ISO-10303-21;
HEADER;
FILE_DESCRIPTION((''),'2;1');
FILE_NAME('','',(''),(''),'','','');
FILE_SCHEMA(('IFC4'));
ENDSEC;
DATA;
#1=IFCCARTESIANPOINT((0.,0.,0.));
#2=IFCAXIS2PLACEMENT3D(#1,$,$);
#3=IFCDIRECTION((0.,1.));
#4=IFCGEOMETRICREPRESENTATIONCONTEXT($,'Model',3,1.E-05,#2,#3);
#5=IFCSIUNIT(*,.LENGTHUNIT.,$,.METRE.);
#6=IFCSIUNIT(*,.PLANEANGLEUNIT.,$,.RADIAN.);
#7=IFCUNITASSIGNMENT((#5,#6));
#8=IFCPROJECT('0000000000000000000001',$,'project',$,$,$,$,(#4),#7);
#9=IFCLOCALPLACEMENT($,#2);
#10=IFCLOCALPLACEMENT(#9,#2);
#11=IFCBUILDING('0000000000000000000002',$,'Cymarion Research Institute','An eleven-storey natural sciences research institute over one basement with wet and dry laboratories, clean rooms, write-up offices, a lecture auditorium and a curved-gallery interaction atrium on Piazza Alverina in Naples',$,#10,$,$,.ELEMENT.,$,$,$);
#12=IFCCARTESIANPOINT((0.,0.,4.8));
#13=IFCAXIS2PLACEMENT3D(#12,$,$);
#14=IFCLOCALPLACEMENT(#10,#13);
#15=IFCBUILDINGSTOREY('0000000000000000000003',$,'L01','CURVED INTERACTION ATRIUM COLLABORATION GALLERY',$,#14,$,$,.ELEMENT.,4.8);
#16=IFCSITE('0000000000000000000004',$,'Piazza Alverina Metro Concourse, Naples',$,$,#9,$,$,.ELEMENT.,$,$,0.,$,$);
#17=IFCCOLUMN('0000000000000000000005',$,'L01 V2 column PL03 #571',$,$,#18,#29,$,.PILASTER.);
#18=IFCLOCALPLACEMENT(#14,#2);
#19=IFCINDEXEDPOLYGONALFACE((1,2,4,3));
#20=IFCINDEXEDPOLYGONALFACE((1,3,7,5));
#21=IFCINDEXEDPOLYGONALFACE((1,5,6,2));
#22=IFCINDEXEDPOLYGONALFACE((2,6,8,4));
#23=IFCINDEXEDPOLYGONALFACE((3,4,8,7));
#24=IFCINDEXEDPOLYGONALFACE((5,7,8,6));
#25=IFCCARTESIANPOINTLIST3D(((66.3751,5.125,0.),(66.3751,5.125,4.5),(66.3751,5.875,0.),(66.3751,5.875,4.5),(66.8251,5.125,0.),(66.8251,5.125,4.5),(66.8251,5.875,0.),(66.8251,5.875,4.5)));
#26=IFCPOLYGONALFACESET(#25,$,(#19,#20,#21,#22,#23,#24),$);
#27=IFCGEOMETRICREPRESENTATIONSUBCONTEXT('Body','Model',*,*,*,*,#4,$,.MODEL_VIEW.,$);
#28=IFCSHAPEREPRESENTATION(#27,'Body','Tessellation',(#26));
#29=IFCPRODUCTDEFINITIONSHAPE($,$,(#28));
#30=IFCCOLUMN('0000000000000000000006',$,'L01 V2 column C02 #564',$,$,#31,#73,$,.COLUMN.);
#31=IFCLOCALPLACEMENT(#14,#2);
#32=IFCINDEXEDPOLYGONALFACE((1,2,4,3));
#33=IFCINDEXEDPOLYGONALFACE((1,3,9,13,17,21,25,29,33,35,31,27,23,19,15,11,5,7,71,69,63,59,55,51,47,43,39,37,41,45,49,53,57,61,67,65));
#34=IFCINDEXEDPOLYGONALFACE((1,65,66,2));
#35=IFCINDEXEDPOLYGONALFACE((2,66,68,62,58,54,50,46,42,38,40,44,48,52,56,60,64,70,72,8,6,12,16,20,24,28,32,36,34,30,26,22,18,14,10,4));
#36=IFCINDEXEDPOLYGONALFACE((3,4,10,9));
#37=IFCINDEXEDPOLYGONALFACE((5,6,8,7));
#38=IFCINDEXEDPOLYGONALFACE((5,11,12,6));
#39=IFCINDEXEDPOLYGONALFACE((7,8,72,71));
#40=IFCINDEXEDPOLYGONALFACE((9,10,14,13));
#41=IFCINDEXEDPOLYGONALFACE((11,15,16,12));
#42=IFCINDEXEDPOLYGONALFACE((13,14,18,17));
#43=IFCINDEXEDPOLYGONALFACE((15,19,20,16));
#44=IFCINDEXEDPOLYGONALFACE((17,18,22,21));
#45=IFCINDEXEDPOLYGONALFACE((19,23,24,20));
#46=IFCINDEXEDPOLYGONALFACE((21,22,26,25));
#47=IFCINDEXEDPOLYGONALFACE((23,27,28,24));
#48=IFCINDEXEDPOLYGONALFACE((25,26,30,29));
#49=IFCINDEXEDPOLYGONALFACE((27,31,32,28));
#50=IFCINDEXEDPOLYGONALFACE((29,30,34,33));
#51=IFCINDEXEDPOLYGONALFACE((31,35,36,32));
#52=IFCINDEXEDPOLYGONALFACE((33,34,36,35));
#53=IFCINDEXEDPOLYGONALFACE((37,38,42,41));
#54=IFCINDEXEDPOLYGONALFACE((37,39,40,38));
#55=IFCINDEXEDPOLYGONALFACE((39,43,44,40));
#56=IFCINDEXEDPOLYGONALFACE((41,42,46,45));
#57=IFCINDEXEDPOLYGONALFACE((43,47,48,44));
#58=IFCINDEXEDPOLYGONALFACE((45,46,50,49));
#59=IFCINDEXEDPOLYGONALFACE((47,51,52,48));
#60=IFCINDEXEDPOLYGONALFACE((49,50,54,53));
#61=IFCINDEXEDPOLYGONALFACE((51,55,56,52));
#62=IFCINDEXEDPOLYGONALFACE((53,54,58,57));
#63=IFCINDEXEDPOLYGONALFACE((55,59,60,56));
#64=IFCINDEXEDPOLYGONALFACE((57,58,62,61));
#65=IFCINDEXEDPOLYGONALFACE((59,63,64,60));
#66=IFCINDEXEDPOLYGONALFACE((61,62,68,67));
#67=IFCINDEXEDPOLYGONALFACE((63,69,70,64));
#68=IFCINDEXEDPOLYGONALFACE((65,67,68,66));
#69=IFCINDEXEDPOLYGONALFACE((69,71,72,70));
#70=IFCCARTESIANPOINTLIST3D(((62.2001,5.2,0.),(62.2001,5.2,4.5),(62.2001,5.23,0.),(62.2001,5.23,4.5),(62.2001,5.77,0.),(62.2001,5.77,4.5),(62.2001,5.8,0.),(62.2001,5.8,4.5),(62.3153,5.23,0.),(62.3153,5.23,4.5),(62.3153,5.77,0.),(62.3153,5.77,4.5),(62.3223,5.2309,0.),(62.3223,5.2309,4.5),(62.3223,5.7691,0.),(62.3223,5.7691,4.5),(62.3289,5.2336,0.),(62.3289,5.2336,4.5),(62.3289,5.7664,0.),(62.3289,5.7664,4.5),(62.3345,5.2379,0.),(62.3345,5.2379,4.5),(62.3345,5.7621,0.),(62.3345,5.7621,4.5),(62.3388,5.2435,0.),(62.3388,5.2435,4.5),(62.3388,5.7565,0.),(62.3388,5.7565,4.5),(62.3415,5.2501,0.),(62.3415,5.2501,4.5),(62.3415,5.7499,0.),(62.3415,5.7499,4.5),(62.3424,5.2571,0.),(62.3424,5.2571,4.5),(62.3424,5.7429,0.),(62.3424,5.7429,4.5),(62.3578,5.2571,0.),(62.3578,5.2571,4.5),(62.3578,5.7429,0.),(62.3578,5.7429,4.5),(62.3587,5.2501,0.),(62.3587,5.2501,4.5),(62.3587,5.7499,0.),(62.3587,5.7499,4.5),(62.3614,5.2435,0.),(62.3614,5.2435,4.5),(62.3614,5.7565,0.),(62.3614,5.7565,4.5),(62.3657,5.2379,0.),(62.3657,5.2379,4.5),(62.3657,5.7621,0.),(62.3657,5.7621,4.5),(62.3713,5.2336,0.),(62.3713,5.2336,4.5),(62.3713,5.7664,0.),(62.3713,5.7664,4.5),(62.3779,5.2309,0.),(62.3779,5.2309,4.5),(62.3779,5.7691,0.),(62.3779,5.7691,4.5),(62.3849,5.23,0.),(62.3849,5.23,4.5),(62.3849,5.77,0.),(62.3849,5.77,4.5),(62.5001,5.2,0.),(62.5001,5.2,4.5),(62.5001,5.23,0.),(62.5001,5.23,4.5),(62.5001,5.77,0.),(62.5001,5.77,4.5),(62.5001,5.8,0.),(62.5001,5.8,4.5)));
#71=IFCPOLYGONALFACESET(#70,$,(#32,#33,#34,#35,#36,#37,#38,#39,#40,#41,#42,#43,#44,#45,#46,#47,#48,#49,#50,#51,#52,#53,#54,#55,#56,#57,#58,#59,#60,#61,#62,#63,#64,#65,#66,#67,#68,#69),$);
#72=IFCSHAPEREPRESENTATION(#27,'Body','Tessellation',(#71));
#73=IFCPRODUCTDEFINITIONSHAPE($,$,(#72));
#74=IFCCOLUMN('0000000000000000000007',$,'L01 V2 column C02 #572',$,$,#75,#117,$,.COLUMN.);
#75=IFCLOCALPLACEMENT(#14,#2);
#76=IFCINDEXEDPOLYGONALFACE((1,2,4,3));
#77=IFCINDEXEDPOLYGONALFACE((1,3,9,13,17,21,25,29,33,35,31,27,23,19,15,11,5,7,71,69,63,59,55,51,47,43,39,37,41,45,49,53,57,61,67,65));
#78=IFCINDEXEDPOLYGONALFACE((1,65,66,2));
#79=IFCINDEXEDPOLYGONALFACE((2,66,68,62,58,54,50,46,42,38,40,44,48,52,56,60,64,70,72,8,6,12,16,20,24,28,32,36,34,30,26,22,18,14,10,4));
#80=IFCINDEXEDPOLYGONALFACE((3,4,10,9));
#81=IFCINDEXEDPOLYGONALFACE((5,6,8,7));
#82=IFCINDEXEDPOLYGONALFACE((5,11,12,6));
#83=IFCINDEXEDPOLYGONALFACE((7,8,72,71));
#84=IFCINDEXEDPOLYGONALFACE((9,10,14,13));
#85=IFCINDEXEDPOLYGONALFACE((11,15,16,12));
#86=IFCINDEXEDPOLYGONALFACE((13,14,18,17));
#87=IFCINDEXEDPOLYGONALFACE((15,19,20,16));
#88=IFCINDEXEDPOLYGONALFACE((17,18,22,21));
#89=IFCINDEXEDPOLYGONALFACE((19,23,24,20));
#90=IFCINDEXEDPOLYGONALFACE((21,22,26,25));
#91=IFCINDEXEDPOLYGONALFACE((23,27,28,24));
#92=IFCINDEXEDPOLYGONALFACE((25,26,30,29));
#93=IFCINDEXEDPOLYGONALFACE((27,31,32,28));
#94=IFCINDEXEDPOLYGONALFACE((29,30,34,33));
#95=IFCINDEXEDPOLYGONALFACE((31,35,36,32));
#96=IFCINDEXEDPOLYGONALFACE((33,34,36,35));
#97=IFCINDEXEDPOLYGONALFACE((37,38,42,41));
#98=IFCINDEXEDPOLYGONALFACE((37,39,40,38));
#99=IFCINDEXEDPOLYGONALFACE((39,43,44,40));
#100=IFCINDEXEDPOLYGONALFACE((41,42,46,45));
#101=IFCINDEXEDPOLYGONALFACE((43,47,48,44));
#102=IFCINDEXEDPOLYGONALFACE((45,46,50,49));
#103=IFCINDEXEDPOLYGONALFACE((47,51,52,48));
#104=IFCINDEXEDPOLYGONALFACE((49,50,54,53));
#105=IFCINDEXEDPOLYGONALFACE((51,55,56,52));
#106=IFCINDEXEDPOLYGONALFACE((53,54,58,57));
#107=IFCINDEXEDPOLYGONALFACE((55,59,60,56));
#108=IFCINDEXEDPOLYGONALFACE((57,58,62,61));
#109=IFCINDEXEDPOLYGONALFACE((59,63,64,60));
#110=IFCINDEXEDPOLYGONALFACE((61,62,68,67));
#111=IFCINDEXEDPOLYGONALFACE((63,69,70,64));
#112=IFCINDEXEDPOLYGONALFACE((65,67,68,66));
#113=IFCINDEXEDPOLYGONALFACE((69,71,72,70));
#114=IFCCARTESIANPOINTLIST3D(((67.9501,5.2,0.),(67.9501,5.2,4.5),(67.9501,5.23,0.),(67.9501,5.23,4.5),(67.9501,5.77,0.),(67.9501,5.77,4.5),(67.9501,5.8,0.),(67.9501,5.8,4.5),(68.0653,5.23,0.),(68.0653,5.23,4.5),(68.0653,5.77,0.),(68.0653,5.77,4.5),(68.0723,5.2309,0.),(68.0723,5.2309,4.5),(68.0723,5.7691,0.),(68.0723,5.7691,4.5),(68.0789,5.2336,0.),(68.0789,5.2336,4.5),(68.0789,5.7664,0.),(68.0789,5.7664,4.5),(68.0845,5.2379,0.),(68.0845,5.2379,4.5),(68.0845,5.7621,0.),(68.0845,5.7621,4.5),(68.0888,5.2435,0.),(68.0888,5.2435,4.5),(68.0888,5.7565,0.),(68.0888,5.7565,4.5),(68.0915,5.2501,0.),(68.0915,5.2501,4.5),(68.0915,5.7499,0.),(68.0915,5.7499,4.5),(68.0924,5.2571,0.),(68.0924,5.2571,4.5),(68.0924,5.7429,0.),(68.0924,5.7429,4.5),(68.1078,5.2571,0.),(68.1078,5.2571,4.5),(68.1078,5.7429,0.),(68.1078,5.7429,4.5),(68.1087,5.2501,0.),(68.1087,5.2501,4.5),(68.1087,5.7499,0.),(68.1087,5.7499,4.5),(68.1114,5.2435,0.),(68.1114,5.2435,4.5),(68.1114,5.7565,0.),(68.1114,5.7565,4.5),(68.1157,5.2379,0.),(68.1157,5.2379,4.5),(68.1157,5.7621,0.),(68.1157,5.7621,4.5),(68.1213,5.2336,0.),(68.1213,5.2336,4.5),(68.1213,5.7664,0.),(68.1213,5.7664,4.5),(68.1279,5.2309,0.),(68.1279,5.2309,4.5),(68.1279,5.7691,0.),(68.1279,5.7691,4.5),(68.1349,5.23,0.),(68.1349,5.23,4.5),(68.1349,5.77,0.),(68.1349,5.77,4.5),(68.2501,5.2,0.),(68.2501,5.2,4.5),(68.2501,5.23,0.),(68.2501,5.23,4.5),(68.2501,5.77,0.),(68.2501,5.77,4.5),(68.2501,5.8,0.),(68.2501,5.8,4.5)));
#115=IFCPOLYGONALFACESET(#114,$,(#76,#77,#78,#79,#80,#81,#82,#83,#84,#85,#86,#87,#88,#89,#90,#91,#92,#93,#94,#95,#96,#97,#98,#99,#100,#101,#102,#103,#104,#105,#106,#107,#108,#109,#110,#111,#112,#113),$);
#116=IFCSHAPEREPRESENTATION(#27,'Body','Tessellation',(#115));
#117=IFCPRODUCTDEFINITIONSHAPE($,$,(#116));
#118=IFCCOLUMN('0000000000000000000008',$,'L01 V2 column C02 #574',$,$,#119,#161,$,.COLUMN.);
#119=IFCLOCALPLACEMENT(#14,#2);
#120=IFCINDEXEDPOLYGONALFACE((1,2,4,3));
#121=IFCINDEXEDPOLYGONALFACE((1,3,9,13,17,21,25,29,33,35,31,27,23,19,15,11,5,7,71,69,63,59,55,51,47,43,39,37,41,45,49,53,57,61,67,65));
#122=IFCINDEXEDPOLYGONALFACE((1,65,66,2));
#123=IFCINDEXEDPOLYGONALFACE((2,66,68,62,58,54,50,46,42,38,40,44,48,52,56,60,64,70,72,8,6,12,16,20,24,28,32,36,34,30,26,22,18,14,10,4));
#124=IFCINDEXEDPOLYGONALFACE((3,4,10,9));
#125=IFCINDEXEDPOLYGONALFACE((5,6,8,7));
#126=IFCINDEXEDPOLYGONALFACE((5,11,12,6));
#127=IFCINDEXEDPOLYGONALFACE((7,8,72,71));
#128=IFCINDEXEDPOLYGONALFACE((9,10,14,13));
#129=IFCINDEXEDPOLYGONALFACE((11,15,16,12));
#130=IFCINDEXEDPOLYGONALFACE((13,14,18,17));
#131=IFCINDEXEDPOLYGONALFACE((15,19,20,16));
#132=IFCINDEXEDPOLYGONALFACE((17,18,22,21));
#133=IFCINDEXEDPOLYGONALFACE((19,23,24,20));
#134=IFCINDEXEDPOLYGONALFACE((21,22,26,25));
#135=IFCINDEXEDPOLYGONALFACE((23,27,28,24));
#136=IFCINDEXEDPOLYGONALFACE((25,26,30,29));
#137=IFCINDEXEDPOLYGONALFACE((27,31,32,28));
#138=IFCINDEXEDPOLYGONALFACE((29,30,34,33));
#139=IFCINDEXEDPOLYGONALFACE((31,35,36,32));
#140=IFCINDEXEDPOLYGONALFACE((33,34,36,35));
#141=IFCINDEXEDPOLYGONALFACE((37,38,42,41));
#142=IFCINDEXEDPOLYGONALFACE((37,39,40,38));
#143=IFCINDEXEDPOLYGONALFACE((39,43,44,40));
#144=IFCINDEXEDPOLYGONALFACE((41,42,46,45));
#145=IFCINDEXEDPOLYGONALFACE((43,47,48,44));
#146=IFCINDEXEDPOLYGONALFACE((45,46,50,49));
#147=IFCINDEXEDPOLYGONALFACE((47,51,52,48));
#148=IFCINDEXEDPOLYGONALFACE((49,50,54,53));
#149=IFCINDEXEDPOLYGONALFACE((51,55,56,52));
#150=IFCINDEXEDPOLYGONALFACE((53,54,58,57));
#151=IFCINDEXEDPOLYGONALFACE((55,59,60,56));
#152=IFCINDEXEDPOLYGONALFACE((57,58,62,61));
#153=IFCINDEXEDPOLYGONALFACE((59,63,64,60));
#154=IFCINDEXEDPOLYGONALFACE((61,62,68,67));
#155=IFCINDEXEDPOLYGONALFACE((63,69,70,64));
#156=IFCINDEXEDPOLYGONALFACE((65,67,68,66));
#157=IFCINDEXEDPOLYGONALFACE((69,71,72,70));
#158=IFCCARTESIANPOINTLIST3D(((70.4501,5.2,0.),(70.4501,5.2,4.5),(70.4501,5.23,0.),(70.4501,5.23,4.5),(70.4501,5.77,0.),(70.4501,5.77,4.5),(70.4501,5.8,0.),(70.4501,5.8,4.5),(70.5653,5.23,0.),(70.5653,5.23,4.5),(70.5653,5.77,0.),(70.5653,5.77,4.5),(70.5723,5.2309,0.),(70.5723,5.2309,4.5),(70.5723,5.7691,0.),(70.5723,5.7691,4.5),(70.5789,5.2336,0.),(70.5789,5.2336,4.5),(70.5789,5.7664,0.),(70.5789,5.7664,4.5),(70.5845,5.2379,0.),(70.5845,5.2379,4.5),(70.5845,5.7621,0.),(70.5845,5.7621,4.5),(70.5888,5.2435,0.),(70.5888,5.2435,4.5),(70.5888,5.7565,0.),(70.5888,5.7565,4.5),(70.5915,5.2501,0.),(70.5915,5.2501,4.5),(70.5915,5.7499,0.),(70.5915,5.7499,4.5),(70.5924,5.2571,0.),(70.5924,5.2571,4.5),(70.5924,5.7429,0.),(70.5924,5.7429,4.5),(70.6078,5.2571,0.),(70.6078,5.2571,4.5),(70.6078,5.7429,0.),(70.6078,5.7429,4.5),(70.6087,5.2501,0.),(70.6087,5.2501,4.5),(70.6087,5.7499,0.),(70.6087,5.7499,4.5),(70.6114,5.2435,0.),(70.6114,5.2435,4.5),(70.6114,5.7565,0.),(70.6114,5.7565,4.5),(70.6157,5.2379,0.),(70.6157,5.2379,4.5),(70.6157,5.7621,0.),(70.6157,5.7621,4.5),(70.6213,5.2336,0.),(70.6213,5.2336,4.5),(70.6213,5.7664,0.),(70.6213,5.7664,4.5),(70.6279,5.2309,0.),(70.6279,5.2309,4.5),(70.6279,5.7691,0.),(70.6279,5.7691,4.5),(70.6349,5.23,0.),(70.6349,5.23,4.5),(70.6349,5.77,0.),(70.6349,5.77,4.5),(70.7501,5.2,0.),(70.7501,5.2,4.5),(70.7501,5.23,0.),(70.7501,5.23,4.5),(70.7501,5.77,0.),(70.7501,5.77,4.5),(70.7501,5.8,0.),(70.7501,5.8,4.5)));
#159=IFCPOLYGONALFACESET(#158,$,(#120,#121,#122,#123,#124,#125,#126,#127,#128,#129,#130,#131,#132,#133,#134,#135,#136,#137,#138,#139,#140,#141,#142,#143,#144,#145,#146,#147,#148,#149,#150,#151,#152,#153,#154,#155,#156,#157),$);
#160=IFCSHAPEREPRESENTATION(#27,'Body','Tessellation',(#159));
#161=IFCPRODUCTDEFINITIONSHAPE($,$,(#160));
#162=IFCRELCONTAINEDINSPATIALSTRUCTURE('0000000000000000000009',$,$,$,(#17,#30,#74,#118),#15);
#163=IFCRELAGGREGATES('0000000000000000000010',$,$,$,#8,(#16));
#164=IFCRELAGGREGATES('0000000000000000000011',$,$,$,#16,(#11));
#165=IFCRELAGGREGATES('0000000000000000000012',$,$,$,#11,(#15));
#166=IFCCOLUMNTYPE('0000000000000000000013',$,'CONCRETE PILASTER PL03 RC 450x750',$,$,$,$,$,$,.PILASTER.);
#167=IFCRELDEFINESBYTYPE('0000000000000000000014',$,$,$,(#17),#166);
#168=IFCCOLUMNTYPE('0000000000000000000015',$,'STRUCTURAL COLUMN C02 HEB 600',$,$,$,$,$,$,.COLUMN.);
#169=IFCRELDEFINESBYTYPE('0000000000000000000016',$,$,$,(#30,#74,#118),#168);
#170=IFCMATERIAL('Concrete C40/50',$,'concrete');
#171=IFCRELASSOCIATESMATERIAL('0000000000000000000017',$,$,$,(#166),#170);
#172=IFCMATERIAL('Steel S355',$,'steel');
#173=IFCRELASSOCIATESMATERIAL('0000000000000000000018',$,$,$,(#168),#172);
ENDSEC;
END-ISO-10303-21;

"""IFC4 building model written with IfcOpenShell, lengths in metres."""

from ifc_helpers import new_model, si_unit, direction, frame, origin, origin_2d, place, context, subcontext, project, spatial, rectangle, i_section, extrude, material, material_profile, profile_set, type_object, element, save


model = new_model("IFC4")

# Units and contexts
model_context = context("Model", 3, precision=1e-05, world=origin(), true_north=direction((0.0, 1.0)))
body_context = subcontext(model_context, "Body", "Model", "MODEL_VIEW")
ifc_project = project(units=[si_unit("LENGTHUNIT", "METRE"), si_unit("PLANEANGLEUNIT", "RADIAN")], contexts=[model_context])

# Site, building, storey
site_placement = place(None, origin())
site = spatial("IfcSite", under=ifc_project, at=site_placement, Name="Piazza Alverina Metro Concourse, Naples", CompositionType="ELEMENT", RefElevation=0.0)
building_placement = place(site_placement, origin())
building = spatial("IfcBuilding", under=site, at=building_placement, Name="Cymarion Research Institute", Description="An eleven-storey natural sciences research institute over one basement with wet and dry laboratories, clean rooms, write-up offices, a lecture auditorium and a curved-gallery interaction atrium on Piazza Alverina in Naples", CompositionType="ELEMENT")
storey_placement = place(building_placement, frame((0.0, 0.0, 4.8)))
storey = spatial("IfcBuildingStorey", under=building, at=storey_placement, Name="L01", Description="CURVED INTERACTION ATRIUM COLLABORATION GALLERY", CompositionType="ELEMENT", Elevation=4.8)

# Columns
ifc_material_1 = material(Name="Concrete C40/50", Category="concrete")
ifc_material_profile_1 = material_profile(ifc_material_1, rectangle(XDim=0.45, YDim=0.75, at=origin_2d()), Name="RC 450x750")
ifc_profile_set_1 = profile_set([ifc_material_profile_1], Name="Concrete C40/50")
column_type_1 = type_object("IfcColumnType", Name="CONCRETE PILASTER PL03 RC 450x750", PredefinedType="PILASTER", material=ifc_profile_set_1)
column_placement = place(storey_placement, frame((66.6001, 5.5, 0.0), z_axis=(0.0, 0.0, 1.0), x_axis=(1.0, 0.0, 0.0)))
element("IfcColumn", 1, at=column_placement, inside=storey, type_object=column_type_1, Name="L01 V2 column PL03 #571", PredefinedType="PILASTER", context=body_context, shape_type="SweptSolid", body=[
    extrude(rectangle(XDim=0.45, YDim=0.75, at=origin_2d()), origin(), (0.0, 0.0, 1.0), 4.5),
])
ifc_material_2 = material(Name="Steel S355", Category="steel")
ifc_material_profile_2 = material_profile(ifc_material_2, i_section(OverallWidth=0.3, OverallDepth=0.6001, WebThickness=0.0154, FlangeThickness=0.03, FilletRadius=0.0271, at=origin_2d()), Name="HEB 600")
ifc_profile_set_2 = profile_set([ifc_material_profile_2], Name="Steel S355")
column_type_2 = type_object("IfcColumnType", Name="STRUCTURAL COLUMN C02 HEB 600", PredefinedType="COLUMN", material=ifc_profile_set_2)
for number, where, z_axis, x_axis, name in (
    (2, (62.3501, 5.5, 0.0), (0.0, 0.0, 1.0), (1.0, 0.0, 0.0), "L01 V2 column C02 #564"),
    (3, (68.1001, 5.5, 0.0), (0.0, 0.0, 1.0), (1.0, 0.0, 0.0), "L01 V2 column C02 #572"),
    (4, (70.6001, 5.5, 0.0), (0.0, 0.0, 1.0), (1.0, 0.0, 0.0), "L01 V2 column C02 #574"),
):
    element("IfcColumn", number, at=place(storey_placement, frame(where, z_axis=z_axis, x_axis=x_axis)), inside=storey, type_object=column_type_2, Name=name, PredefinedType="COLUMN", context=body_context, shape_type="SweptSolid", body=[
        extrude(i_section(OverallWidth=0.3, OverallDepth=0.6001, WebThickness=0.0154, FlangeThickness=0.03, FilletRadius=0.0271, at=origin_2d()), origin(), (0.0, 0.0, 1.0), 4.5),
    ])

save(model, "model.ifc")
